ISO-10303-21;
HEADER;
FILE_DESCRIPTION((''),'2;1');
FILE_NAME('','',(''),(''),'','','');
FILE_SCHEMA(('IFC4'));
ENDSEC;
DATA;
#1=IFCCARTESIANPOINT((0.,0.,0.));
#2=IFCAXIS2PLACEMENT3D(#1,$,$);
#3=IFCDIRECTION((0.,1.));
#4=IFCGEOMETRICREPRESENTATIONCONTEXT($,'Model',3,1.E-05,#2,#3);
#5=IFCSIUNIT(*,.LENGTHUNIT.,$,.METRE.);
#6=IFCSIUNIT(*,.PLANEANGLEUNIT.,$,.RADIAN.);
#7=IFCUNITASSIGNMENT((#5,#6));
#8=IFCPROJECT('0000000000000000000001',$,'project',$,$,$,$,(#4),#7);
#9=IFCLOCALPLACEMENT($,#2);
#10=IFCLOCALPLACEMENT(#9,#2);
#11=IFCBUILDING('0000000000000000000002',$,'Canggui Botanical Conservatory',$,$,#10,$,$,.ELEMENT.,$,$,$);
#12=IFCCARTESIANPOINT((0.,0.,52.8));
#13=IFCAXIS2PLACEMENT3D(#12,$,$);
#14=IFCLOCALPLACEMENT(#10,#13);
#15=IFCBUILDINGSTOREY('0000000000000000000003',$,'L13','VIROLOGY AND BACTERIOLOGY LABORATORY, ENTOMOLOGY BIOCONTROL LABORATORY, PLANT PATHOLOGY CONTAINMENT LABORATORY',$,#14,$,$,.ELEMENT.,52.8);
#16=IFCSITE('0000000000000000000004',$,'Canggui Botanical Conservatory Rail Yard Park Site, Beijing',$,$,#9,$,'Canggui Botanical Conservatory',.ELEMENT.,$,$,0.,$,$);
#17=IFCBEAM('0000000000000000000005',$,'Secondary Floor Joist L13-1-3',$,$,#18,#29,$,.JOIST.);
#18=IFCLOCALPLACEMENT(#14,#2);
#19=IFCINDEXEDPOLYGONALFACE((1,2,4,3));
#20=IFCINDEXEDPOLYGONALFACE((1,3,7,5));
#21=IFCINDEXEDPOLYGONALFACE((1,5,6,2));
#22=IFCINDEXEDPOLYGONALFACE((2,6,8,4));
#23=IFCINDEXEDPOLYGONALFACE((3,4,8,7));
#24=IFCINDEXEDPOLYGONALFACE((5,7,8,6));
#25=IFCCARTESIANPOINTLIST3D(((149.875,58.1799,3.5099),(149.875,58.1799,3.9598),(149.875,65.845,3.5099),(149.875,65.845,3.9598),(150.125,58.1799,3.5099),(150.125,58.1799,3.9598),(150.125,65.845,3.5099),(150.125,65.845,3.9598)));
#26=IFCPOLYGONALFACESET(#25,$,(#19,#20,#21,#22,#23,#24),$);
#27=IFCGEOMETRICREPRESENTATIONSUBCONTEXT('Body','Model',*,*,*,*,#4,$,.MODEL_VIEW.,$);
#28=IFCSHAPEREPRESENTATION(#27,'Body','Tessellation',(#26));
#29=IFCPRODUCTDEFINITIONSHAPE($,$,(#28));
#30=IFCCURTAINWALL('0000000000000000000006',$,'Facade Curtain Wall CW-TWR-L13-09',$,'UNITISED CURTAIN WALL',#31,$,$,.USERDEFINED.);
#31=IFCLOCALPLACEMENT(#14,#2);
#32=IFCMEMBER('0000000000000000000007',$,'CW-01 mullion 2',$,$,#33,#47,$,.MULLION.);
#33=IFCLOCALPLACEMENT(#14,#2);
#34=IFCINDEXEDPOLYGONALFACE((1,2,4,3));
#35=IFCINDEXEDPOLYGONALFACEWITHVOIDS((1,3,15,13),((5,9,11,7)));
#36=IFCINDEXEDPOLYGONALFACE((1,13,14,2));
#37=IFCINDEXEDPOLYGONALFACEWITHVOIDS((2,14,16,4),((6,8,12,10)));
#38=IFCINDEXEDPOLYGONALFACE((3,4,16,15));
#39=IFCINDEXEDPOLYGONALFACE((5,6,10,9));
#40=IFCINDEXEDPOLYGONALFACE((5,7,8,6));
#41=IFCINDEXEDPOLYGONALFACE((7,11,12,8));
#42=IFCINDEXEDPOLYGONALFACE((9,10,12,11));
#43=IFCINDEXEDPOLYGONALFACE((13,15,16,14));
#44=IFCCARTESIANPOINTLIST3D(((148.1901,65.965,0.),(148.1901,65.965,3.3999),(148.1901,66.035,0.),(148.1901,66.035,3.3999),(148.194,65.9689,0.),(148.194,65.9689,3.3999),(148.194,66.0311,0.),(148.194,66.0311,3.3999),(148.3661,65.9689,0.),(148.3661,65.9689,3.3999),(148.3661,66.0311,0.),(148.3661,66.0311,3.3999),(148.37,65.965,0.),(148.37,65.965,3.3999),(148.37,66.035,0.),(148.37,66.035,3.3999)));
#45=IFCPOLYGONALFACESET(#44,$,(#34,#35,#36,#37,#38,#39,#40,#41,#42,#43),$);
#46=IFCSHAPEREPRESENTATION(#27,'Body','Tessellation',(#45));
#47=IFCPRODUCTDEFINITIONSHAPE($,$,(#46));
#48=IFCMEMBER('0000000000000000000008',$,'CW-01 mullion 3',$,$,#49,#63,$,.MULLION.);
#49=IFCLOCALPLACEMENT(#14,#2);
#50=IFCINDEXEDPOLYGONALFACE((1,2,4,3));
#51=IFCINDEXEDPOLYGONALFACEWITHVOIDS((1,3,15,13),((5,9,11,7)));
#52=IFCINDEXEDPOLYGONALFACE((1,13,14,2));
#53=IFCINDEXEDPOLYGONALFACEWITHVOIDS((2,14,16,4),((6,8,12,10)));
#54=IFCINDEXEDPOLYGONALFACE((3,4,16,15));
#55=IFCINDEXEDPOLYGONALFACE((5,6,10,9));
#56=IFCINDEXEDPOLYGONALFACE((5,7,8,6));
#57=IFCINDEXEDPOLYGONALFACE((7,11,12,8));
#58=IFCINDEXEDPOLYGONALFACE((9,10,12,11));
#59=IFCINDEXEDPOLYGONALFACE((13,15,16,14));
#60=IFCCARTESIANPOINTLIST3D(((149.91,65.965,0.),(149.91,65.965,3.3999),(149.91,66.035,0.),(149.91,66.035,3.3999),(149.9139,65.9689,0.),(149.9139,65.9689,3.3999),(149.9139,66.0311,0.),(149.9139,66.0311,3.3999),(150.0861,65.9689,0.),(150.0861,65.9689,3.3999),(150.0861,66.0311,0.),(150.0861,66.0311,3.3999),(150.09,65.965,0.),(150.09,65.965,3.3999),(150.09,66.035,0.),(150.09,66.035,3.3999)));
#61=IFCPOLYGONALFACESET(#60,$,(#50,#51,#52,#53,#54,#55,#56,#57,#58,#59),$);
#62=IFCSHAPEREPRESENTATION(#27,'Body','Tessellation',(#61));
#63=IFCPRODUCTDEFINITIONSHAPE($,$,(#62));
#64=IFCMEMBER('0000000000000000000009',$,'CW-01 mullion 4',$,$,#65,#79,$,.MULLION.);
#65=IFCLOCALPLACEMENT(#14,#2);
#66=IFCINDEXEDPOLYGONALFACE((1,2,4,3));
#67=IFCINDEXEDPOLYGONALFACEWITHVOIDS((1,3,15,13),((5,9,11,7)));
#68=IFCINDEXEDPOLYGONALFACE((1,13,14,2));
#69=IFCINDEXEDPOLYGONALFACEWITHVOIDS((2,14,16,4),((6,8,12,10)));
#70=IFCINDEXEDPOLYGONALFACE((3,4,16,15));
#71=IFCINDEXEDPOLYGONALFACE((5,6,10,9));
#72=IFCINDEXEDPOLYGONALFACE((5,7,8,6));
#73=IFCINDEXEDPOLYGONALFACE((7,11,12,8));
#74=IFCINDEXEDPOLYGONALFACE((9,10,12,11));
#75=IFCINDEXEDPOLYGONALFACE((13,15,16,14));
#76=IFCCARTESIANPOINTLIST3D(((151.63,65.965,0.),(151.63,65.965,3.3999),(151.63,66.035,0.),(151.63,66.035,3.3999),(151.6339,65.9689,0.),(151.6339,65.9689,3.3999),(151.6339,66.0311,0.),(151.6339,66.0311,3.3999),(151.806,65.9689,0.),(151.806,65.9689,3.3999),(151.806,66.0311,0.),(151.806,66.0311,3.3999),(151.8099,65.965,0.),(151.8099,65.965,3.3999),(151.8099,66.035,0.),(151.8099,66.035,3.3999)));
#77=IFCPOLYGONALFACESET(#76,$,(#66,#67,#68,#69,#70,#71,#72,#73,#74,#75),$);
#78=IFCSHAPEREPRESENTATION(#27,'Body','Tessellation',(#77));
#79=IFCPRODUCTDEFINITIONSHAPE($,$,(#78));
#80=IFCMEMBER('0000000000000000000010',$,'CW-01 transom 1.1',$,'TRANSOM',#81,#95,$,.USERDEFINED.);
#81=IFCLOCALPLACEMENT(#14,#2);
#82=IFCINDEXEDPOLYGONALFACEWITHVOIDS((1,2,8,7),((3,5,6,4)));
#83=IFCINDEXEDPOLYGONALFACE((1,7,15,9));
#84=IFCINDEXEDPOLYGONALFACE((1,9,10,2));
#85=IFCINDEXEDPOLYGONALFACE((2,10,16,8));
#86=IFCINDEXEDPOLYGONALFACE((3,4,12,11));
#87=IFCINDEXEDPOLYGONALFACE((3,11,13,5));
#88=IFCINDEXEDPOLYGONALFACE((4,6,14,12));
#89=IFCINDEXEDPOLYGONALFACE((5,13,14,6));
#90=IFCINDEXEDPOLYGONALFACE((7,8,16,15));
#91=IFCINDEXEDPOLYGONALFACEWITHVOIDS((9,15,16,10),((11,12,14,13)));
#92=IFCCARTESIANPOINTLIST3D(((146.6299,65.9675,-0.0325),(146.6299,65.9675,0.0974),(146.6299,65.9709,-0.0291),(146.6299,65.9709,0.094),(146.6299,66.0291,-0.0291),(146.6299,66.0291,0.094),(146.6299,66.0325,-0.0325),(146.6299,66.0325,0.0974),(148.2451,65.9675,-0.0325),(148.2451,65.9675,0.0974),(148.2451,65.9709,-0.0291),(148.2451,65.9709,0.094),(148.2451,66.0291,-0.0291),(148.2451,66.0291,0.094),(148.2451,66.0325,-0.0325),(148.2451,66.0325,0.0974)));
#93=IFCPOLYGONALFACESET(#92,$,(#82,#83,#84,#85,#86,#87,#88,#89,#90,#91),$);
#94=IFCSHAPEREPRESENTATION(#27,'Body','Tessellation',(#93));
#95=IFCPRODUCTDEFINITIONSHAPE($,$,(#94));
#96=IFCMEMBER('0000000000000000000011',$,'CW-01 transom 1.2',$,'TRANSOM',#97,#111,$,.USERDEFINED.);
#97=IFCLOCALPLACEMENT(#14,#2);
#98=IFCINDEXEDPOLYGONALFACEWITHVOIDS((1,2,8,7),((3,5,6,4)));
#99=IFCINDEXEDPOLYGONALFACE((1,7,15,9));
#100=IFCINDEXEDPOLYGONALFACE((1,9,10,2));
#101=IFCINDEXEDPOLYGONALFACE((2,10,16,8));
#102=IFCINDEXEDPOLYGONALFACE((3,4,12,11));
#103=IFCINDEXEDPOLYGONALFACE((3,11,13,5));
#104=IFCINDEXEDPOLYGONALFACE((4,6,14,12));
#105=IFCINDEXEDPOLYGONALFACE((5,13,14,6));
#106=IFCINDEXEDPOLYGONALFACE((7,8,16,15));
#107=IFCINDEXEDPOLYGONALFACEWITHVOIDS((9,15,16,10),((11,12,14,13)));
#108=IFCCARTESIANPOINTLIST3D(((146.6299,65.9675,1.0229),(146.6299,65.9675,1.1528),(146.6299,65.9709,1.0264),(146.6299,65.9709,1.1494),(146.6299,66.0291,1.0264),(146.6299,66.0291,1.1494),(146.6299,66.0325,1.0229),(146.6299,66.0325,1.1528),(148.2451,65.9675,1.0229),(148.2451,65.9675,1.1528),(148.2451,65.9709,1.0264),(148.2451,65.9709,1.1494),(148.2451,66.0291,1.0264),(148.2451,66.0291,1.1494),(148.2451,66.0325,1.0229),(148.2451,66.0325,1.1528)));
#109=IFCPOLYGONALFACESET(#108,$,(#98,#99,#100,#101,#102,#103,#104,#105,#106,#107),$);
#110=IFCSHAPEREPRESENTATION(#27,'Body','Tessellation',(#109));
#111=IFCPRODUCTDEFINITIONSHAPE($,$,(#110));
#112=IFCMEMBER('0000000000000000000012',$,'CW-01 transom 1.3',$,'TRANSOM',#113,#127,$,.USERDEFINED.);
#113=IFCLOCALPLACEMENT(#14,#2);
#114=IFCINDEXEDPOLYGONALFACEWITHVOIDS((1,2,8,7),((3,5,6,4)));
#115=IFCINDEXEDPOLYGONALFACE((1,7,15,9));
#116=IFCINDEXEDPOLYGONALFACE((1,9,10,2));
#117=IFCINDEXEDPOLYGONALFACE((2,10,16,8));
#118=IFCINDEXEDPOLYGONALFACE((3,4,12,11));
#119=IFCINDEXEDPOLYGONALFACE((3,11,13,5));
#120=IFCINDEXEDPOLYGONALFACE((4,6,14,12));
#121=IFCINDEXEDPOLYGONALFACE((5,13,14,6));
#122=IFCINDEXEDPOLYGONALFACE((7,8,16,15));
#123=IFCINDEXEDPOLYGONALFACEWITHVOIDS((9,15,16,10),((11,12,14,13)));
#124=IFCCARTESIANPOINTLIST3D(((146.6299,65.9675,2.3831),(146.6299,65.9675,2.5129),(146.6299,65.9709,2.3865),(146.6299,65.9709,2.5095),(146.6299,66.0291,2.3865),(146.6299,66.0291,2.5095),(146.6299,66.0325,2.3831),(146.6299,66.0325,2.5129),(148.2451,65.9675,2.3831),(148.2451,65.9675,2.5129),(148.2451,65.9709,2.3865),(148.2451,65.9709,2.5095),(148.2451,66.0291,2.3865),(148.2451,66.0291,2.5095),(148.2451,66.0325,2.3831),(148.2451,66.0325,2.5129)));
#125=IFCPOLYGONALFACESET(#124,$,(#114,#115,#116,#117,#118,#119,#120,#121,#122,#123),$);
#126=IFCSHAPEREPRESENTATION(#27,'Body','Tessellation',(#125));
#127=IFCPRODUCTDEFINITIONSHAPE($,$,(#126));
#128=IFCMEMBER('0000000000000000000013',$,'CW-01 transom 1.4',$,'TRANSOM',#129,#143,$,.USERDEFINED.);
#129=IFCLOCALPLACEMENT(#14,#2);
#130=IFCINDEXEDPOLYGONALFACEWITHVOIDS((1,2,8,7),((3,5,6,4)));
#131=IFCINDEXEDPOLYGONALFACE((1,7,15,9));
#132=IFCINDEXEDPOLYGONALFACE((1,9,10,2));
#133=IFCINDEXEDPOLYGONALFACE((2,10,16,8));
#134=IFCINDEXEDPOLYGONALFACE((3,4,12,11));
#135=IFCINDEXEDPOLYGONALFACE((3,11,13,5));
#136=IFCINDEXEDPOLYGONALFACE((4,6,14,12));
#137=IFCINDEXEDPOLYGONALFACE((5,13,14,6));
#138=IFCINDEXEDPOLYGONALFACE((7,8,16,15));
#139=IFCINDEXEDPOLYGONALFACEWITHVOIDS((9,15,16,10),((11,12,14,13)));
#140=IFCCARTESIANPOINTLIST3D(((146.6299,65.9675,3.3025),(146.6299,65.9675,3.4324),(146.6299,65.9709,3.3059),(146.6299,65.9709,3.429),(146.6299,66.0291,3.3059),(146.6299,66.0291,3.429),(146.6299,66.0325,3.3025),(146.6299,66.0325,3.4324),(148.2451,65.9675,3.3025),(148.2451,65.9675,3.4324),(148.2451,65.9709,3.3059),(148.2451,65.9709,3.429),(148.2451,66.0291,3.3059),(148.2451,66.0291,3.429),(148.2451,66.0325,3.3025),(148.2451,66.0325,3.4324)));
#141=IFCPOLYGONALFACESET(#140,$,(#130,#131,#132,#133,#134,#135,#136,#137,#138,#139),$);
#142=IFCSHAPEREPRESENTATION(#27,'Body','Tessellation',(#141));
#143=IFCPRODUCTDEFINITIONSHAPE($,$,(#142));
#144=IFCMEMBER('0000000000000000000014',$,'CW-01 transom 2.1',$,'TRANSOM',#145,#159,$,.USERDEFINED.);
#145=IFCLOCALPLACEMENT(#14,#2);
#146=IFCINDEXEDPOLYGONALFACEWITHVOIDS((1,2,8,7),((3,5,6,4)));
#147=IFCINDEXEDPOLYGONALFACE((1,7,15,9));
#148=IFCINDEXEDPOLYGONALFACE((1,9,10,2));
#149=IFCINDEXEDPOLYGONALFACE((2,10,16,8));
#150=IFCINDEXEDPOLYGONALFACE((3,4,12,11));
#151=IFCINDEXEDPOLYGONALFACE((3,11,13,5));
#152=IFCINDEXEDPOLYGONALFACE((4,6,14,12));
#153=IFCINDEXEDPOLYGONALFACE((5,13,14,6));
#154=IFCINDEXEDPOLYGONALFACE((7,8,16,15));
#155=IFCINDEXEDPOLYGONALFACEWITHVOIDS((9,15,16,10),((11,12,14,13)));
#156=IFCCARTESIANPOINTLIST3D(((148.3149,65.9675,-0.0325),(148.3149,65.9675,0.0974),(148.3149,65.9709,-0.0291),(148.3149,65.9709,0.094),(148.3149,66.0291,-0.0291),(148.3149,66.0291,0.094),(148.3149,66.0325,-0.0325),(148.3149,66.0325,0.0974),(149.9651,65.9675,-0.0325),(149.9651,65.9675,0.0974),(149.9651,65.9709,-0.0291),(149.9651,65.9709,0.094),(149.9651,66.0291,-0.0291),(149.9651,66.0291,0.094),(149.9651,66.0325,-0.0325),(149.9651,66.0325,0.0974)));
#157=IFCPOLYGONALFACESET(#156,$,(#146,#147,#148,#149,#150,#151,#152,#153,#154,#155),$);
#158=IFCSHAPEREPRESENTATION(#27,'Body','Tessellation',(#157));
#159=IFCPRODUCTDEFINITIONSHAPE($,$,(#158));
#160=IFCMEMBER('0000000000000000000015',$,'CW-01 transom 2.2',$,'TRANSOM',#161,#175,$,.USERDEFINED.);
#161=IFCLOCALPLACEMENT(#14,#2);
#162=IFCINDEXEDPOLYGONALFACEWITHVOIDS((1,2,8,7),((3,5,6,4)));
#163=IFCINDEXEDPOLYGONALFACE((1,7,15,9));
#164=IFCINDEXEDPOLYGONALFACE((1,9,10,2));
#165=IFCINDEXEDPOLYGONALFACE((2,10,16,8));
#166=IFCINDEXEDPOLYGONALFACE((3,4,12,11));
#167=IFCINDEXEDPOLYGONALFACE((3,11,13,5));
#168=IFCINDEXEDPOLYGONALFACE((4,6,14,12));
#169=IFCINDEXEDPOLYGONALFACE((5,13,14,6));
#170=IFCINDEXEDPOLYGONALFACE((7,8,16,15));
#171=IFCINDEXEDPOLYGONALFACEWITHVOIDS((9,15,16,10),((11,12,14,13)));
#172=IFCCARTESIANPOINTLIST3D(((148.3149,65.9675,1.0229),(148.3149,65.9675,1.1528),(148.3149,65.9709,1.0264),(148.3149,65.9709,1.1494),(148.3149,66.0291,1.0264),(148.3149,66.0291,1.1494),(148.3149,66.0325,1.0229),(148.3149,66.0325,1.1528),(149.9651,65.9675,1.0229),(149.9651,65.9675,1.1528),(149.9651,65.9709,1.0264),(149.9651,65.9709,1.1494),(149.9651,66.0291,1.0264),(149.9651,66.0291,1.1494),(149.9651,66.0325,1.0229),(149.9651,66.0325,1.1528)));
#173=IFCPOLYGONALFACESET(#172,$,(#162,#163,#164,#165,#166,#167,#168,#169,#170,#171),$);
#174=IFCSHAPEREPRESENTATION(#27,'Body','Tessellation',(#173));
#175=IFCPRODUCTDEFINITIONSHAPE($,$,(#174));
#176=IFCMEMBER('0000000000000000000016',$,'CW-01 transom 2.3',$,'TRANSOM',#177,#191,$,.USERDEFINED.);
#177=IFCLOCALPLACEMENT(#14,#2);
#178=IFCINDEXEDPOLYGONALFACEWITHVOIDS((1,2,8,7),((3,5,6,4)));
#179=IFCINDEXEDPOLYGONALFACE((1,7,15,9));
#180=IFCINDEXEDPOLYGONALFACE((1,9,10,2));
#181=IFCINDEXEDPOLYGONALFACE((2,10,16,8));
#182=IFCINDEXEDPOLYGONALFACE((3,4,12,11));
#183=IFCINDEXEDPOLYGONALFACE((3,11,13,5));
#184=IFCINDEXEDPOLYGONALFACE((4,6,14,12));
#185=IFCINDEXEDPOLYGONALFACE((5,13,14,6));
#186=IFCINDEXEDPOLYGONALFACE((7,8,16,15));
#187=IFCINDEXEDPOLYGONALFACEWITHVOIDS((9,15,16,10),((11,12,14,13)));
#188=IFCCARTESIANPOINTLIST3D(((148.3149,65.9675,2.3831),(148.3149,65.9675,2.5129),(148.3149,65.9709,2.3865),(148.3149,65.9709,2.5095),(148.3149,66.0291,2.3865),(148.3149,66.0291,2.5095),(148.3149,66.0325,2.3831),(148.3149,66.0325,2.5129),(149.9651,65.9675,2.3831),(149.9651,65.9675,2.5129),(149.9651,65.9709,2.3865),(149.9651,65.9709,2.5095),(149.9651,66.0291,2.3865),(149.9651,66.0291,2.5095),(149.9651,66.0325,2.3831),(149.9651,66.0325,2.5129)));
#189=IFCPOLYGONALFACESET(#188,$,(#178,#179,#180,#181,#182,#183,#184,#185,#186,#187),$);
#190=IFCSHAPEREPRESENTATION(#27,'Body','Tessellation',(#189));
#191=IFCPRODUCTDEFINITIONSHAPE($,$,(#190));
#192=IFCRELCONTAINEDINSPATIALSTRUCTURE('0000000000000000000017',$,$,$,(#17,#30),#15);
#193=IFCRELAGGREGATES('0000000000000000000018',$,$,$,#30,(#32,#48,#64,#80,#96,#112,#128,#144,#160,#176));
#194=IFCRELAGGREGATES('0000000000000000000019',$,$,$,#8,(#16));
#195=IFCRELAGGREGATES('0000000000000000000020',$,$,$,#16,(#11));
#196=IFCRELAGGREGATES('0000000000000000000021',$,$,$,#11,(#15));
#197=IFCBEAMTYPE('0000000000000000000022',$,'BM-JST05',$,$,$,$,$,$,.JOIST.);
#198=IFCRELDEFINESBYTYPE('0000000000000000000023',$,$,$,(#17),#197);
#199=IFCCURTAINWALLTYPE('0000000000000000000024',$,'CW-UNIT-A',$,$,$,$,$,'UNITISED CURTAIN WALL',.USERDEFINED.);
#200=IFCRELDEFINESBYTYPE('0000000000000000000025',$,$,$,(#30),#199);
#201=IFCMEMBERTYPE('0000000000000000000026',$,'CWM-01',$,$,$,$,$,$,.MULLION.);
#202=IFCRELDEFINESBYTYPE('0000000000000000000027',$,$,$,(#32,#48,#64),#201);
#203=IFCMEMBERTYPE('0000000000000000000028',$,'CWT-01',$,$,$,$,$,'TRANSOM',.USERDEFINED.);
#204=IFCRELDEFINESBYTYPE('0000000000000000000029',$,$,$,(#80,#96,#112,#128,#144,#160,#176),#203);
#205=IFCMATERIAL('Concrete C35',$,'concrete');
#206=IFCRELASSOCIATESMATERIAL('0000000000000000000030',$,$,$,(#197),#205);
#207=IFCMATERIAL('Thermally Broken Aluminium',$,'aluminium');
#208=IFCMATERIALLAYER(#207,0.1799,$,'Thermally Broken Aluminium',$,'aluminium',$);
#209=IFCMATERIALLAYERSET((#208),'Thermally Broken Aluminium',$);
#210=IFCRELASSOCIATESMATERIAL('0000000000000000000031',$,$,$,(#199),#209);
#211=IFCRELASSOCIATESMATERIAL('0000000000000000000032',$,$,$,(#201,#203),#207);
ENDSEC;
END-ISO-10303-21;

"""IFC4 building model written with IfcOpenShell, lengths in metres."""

from ifc_helpers import new_model, si_unit, direction, frame, origin, origin_2d, place, context, subcontext, project, spatial, rectangle, hollow_rectangle, extrude, material, layer, layer_set, material_profile, profile_set, type_object, element, aggregate, save


model = new_model("IFC4")

# Units and contexts
model_context = context("Model", 3, precision=1e-05, world=origin(), true_north=direction((0.0, 1.0)))
body_context = subcontext(model_context, "Body", "Model", "MODEL_VIEW")
ifc_project = project(units=[si_unit("LENGTHUNIT", "METRE"), si_unit("PLANEANGLEUNIT", "RADIAN")], contexts=[model_context])

# Site, building, storey
site_placement = place(None, origin())
site = spatial("IfcSite", under=ifc_project, at=site_placement, Name="Canggui Botanical Conservatory Rail Yard Park Site, Beijing", LongName="Canggui Botanical Conservatory", CompositionType="ELEMENT", RefElevation=0.0)
building_placement = place(site_placement, origin())
building = spatial("IfcBuilding", under=site, at=building_placement, Name="Canggui Botanical Conservatory", CompositionType="ELEMENT")
storey_placement = place(building_placement, frame((0.0, 0.0, 52.8)))
storey = spatial("IfcBuildingStorey", under=building, at=storey_placement, Name="L13", Description="VIROLOGY AND BACTERIOLOGY LABORATORY, ENTOMOLOGY BIOCONTROL LABORATORY, PLANT PATHOLOGY CONTAINMENT LABORATORY", CompositionType="ELEMENT", Elevation=52.8)

# Beam
ifc_material_1 = material(Name="Concrete C35", Category="concrete")
ifc_material_profile_1 = material_profile(ifc_material_1, rectangle(XDim=0.25, YDim=0.45, at=origin_2d()), Name="RB 250x450")
ifc_profile_set_1 = profile_set([ifc_material_profile_1], Name="Concrete C35")
beam_type = type_object("IfcBeamType", Name="BM-JST05", PredefinedType="JOIST", material=ifc_profile_set_1)
beam_placement = place(storey_placement, frame((150.0, 58.1799, 3.7349), z_axis=(0.0, 1.0, 0.0), x_axis=(-1.0, 0.0, 0.0)))
element("IfcBeam", 1, at=beam_placement, inside=storey, type_object=beam_type, Name="Secondary Floor Joist L13-1-3", PredefinedType="JOIST", context=body_context, shape_type="SweptSolid", body=[
    extrude(rectangle(XDim=0.25, YDim=0.45, at=origin_2d()), origin(), (0.0, 0.0, 1.0), 7.665),
])

# Curtain wall, members
ifc_material_2 = material(Name="Thermally Broken Aluminium", Category="aluminium")
ifc_layer_1 = layer(ifc_material_2, 0.1799, Name="Thermally Broken Aluminium", Category="aluminium")
ifc_layer_set_1 = layer_set([ifc_layer_1], Name="Thermally Broken Aluminium")
curtain_wall_type = type_object("IfcCurtainWallType", Name="CW-UNIT-A", ElementType="UNITISED CURTAIN WALL", PredefinedType="USERDEFINED", material=ifc_layer_set_1)
curtain_wall_placement = place(storey_placement, origin())
curtain_wall = element("IfcCurtainWall", 2, at=curtain_wall_placement, inside=storey, type_object=curtain_wall_type, Name="Facade Curtain Wall CW-TWR-L13-09", ObjectType="UNITISED CURTAIN WALL", PredefinedType="USERDEFINED")
ifc_material_profile_2 = material_profile(ifc_material_2, hollow_rectangle(XDim=0.0701, YDim=0.1799, WallThickness=0.0039, at=origin_2d()), Name="CWM 70x180x4")
ifc_profile_set_2 = profile_set([ifc_material_profile_2], Name="Thermally Broken Aluminium")
member_type_1 = type_object("IfcMemberType", Name="CWM-01", PredefinedType="MULLION", material=ifc_profile_set_2)
member_1_placement = place(storey_placement, frame((148.28, 66.0, 0.0), z_axis=(0.0, 0.0, 1.0), x_axis=(0.0, 1.0, 0.0)))
member_1 = element("IfcMember", 3, at=member_1_placement, type_object=member_type_1, Name="CW-01 mullion 2", PredefinedType="MULLION", context=body_context, shape_type="SweptSolid", body=[
    extrude(hollow_rectangle(XDim=0.0701, YDim=0.1799, WallThickness=0.0039, at=origin_2d()), origin(), (0.0, 0.0, 1.0), 3.3999),
])
member_2_placement = place(storey_placement, frame((150.0, 66.0, 0.0), z_axis=(0.0, 0.0, 1.0), x_axis=(0.0, 1.0, 0.0)))
member_2 = element("IfcMember", 4, at=member_2_placement, type_object=member_type_1, Name="CW-01 mullion 3", PredefinedType="MULLION", context=body_context, shape_type="SweptSolid", body=[
    extrude(hollow_rectangle(XDim=0.0701, YDim=0.1799, WallThickness=0.0039, at=origin_2d()), origin(), (0.0, 0.0, 1.0), 3.3999),
])
member_3_placement = place(storey_placement, frame((151.72, 66.0, 0.0), z_axis=(0.0, 0.0, 1.0), x_axis=(0.0, 1.0, 0.0)))
member_3 = element("IfcMember", 5, at=member_3_placement, type_object=member_type_1, Name="CW-01 mullion 4", PredefinedType="MULLION", context=body_context, shape_type="SweptSolid", body=[
    extrude(hollow_rectangle(XDim=0.0701, YDim=0.1799, WallThickness=0.0039, at=origin_2d()), origin(), (0.0, 0.0, 1.0), 3.3999),
])
ifc_material_profile_3 = material_profile(ifc_material_2, hollow_rectangle(XDim=0.0649, YDim=0.1299, WallThickness=0.0034, at=origin_2d()), Name="CWT 65x130x3.5")
ifc_profile_set_3 = profile_set([ifc_material_profile_3], Name="Thermally Broken Aluminium")
member_type_2 = type_object("IfcMemberType", Name="CWT-01", ElementType="TRANSOM", PredefinedType="USERDEFINED", material=ifc_profile_set_3)
member_4_placement = place(storey_placement, frame((146.6299, 66.0, 0.0325), z_axis=(1.0, 0.0, 0.0), x_axis=(0.0, 1.0, 0.0)))
member_4 = element("IfcMember", 6, at=member_4_placement, type_object=member_type_2, Name="CW-01 transom 1.1", ObjectType="TRANSOM", PredefinedType="USERDEFINED", context=body_context, shape_type="SweptSolid", body=[
    extrude(hollow_rectangle(XDim=0.0649, YDim=0.1299, WallThickness=0.0034, at=origin_2d()), origin(), (0.0, 0.0, 1.0), 1.6152),
])
member_5_placement = place(storey_placement, frame((146.6299, 66.0, 1.0879), z_axis=(1.0, 0.0, 0.0), x_axis=(0.0, 1.0, 0.0)))
member_5 = element("IfcMember", 7, at=member_5_placement, type_object=member_type_2, Name="CW-01 transom 1.2", ObjectType="TRANSOM", PredefinedType="USERDEFINED", context=body_context, shape_type="SweptSolid", body=[
    extrude(hollow_rectangle(XDim=0.0649, YDim=0.1299, WallThickness=0.0034, at=origin_2d()), origin(), (0.0, 0.0, 1.0), 1.6152),
])
member_6_placement = place(storey_placement, frame((146.6299, 66.0, 2.448), z_axis=(1.0, 0.0, 0.0), x_axis=(0.0, 1.0, 0.0)))
member_6 = element("IfcMember", 8, at=member_6_placement, type_object=member_type_2, Name="CW-01 transom 1.3", ObjectType="TRANSOM", PredefinedType="USERDEFINED", context=body_context, shape_type="SweptSolid", body=[
    extrude(hollow_rectangle(XDim=0.0649, YDim=0.1299, WallThickness=0.0034, at=origin_2d()), origin(), (0.0, 0.0, 1.0), 1.6152),
])
member_7_placement = place(storey_placement, frame((146.6299, 66.0, 3.3674), z_axis=(1.0, 0.0, 0.0), x_axis=(0.0, 1.0, 0.0)))
member_7 = element("IfcMember", 9, at=member_7_placement, type_object=member_type_2, Name="CW-01 transom 1.4", ObjectType="TRANSOM", PredefinedType="USERDEFINED", context=body_context, shape_type="SweptSolid", body=[
    extrude(hollow_rectangle(XDim=0.0649, YDim=0.1299, WallThickness=0.0034, at=origin_2d()), origin(), (0.0, 0.0, 1.0), 1.6152),
])
member_8_placement = place(storey_placement, frame((148.3149, 66.0, 0.0325), z_axis=(1.0, 0.0, 0.0), x_axis=(0.0, 1.0, 0.0)))
member_8 = element("IfcMember", 10, at=member_8_placement, type_object=member_type_2, Name="CW-01 transom 2.1", ObjectType="TRANSOM", PredefinedType="USERDEFINED", context=body_context, shape_type="SweptSolid", body=[
    extrude(hollow_rectangle(XDim=0.0649, YDim=0.1299, WallThickness=0.0034, at=origin_2d()), origin(), (0.0, 0.0, 1.0), 1.6501),
])
member_9_placement = place(storey_placement, frame((148.3149, 66.0, 1.0879), z_axis=(1.0, 0.0, 0.0), x_axis=(0.0, 1.0, 0.0)))
member_9 = element("IfcMember", 11, at=member_9_placement, type_object=member_type_2, Name="CW-01 transom 2.2", ObjectType="TRANSOM", PredefinedType="USERDEFINED", context=body_context, shape_type="SweptSolid", body=[
    extrude(hollow_rectangle(XDim=0.0649, YDim=0.1299, WallThickness=0.0034, at=origin_2d()), origin(), (0.0, 0.0, 1.0), 1.6501),
])
member_10_placement = place(storey_placement, frame((148.3149, 66.0, 2.448), z_axis=(1.0, 0.0, 0.0), x_axis=(0.0, 1.0, 0.0)))
member_10 = element("IfcMember", 12, at=member_10_placement, type_object=member_type_2, Name="CW-01 transom 2.3", ObjectType="TRANSOM", PredefinedType="USERDEFINED", context=body_context, shape_type="SweptSolid", body=[
    extrude(hollow_rectangle(XDim=0.0649, YDim=0.1299, WallThickness=0.0034, at=origin_2d()), origin(), (0.0, 0.0, 1.0), 1.6501),
])
aggregate(curtain_wall, [member_1, member_2, member_3, member_4, member_5, member_6, member_7, member_8, member_9, member_10])

save(model, "model.ifc")
